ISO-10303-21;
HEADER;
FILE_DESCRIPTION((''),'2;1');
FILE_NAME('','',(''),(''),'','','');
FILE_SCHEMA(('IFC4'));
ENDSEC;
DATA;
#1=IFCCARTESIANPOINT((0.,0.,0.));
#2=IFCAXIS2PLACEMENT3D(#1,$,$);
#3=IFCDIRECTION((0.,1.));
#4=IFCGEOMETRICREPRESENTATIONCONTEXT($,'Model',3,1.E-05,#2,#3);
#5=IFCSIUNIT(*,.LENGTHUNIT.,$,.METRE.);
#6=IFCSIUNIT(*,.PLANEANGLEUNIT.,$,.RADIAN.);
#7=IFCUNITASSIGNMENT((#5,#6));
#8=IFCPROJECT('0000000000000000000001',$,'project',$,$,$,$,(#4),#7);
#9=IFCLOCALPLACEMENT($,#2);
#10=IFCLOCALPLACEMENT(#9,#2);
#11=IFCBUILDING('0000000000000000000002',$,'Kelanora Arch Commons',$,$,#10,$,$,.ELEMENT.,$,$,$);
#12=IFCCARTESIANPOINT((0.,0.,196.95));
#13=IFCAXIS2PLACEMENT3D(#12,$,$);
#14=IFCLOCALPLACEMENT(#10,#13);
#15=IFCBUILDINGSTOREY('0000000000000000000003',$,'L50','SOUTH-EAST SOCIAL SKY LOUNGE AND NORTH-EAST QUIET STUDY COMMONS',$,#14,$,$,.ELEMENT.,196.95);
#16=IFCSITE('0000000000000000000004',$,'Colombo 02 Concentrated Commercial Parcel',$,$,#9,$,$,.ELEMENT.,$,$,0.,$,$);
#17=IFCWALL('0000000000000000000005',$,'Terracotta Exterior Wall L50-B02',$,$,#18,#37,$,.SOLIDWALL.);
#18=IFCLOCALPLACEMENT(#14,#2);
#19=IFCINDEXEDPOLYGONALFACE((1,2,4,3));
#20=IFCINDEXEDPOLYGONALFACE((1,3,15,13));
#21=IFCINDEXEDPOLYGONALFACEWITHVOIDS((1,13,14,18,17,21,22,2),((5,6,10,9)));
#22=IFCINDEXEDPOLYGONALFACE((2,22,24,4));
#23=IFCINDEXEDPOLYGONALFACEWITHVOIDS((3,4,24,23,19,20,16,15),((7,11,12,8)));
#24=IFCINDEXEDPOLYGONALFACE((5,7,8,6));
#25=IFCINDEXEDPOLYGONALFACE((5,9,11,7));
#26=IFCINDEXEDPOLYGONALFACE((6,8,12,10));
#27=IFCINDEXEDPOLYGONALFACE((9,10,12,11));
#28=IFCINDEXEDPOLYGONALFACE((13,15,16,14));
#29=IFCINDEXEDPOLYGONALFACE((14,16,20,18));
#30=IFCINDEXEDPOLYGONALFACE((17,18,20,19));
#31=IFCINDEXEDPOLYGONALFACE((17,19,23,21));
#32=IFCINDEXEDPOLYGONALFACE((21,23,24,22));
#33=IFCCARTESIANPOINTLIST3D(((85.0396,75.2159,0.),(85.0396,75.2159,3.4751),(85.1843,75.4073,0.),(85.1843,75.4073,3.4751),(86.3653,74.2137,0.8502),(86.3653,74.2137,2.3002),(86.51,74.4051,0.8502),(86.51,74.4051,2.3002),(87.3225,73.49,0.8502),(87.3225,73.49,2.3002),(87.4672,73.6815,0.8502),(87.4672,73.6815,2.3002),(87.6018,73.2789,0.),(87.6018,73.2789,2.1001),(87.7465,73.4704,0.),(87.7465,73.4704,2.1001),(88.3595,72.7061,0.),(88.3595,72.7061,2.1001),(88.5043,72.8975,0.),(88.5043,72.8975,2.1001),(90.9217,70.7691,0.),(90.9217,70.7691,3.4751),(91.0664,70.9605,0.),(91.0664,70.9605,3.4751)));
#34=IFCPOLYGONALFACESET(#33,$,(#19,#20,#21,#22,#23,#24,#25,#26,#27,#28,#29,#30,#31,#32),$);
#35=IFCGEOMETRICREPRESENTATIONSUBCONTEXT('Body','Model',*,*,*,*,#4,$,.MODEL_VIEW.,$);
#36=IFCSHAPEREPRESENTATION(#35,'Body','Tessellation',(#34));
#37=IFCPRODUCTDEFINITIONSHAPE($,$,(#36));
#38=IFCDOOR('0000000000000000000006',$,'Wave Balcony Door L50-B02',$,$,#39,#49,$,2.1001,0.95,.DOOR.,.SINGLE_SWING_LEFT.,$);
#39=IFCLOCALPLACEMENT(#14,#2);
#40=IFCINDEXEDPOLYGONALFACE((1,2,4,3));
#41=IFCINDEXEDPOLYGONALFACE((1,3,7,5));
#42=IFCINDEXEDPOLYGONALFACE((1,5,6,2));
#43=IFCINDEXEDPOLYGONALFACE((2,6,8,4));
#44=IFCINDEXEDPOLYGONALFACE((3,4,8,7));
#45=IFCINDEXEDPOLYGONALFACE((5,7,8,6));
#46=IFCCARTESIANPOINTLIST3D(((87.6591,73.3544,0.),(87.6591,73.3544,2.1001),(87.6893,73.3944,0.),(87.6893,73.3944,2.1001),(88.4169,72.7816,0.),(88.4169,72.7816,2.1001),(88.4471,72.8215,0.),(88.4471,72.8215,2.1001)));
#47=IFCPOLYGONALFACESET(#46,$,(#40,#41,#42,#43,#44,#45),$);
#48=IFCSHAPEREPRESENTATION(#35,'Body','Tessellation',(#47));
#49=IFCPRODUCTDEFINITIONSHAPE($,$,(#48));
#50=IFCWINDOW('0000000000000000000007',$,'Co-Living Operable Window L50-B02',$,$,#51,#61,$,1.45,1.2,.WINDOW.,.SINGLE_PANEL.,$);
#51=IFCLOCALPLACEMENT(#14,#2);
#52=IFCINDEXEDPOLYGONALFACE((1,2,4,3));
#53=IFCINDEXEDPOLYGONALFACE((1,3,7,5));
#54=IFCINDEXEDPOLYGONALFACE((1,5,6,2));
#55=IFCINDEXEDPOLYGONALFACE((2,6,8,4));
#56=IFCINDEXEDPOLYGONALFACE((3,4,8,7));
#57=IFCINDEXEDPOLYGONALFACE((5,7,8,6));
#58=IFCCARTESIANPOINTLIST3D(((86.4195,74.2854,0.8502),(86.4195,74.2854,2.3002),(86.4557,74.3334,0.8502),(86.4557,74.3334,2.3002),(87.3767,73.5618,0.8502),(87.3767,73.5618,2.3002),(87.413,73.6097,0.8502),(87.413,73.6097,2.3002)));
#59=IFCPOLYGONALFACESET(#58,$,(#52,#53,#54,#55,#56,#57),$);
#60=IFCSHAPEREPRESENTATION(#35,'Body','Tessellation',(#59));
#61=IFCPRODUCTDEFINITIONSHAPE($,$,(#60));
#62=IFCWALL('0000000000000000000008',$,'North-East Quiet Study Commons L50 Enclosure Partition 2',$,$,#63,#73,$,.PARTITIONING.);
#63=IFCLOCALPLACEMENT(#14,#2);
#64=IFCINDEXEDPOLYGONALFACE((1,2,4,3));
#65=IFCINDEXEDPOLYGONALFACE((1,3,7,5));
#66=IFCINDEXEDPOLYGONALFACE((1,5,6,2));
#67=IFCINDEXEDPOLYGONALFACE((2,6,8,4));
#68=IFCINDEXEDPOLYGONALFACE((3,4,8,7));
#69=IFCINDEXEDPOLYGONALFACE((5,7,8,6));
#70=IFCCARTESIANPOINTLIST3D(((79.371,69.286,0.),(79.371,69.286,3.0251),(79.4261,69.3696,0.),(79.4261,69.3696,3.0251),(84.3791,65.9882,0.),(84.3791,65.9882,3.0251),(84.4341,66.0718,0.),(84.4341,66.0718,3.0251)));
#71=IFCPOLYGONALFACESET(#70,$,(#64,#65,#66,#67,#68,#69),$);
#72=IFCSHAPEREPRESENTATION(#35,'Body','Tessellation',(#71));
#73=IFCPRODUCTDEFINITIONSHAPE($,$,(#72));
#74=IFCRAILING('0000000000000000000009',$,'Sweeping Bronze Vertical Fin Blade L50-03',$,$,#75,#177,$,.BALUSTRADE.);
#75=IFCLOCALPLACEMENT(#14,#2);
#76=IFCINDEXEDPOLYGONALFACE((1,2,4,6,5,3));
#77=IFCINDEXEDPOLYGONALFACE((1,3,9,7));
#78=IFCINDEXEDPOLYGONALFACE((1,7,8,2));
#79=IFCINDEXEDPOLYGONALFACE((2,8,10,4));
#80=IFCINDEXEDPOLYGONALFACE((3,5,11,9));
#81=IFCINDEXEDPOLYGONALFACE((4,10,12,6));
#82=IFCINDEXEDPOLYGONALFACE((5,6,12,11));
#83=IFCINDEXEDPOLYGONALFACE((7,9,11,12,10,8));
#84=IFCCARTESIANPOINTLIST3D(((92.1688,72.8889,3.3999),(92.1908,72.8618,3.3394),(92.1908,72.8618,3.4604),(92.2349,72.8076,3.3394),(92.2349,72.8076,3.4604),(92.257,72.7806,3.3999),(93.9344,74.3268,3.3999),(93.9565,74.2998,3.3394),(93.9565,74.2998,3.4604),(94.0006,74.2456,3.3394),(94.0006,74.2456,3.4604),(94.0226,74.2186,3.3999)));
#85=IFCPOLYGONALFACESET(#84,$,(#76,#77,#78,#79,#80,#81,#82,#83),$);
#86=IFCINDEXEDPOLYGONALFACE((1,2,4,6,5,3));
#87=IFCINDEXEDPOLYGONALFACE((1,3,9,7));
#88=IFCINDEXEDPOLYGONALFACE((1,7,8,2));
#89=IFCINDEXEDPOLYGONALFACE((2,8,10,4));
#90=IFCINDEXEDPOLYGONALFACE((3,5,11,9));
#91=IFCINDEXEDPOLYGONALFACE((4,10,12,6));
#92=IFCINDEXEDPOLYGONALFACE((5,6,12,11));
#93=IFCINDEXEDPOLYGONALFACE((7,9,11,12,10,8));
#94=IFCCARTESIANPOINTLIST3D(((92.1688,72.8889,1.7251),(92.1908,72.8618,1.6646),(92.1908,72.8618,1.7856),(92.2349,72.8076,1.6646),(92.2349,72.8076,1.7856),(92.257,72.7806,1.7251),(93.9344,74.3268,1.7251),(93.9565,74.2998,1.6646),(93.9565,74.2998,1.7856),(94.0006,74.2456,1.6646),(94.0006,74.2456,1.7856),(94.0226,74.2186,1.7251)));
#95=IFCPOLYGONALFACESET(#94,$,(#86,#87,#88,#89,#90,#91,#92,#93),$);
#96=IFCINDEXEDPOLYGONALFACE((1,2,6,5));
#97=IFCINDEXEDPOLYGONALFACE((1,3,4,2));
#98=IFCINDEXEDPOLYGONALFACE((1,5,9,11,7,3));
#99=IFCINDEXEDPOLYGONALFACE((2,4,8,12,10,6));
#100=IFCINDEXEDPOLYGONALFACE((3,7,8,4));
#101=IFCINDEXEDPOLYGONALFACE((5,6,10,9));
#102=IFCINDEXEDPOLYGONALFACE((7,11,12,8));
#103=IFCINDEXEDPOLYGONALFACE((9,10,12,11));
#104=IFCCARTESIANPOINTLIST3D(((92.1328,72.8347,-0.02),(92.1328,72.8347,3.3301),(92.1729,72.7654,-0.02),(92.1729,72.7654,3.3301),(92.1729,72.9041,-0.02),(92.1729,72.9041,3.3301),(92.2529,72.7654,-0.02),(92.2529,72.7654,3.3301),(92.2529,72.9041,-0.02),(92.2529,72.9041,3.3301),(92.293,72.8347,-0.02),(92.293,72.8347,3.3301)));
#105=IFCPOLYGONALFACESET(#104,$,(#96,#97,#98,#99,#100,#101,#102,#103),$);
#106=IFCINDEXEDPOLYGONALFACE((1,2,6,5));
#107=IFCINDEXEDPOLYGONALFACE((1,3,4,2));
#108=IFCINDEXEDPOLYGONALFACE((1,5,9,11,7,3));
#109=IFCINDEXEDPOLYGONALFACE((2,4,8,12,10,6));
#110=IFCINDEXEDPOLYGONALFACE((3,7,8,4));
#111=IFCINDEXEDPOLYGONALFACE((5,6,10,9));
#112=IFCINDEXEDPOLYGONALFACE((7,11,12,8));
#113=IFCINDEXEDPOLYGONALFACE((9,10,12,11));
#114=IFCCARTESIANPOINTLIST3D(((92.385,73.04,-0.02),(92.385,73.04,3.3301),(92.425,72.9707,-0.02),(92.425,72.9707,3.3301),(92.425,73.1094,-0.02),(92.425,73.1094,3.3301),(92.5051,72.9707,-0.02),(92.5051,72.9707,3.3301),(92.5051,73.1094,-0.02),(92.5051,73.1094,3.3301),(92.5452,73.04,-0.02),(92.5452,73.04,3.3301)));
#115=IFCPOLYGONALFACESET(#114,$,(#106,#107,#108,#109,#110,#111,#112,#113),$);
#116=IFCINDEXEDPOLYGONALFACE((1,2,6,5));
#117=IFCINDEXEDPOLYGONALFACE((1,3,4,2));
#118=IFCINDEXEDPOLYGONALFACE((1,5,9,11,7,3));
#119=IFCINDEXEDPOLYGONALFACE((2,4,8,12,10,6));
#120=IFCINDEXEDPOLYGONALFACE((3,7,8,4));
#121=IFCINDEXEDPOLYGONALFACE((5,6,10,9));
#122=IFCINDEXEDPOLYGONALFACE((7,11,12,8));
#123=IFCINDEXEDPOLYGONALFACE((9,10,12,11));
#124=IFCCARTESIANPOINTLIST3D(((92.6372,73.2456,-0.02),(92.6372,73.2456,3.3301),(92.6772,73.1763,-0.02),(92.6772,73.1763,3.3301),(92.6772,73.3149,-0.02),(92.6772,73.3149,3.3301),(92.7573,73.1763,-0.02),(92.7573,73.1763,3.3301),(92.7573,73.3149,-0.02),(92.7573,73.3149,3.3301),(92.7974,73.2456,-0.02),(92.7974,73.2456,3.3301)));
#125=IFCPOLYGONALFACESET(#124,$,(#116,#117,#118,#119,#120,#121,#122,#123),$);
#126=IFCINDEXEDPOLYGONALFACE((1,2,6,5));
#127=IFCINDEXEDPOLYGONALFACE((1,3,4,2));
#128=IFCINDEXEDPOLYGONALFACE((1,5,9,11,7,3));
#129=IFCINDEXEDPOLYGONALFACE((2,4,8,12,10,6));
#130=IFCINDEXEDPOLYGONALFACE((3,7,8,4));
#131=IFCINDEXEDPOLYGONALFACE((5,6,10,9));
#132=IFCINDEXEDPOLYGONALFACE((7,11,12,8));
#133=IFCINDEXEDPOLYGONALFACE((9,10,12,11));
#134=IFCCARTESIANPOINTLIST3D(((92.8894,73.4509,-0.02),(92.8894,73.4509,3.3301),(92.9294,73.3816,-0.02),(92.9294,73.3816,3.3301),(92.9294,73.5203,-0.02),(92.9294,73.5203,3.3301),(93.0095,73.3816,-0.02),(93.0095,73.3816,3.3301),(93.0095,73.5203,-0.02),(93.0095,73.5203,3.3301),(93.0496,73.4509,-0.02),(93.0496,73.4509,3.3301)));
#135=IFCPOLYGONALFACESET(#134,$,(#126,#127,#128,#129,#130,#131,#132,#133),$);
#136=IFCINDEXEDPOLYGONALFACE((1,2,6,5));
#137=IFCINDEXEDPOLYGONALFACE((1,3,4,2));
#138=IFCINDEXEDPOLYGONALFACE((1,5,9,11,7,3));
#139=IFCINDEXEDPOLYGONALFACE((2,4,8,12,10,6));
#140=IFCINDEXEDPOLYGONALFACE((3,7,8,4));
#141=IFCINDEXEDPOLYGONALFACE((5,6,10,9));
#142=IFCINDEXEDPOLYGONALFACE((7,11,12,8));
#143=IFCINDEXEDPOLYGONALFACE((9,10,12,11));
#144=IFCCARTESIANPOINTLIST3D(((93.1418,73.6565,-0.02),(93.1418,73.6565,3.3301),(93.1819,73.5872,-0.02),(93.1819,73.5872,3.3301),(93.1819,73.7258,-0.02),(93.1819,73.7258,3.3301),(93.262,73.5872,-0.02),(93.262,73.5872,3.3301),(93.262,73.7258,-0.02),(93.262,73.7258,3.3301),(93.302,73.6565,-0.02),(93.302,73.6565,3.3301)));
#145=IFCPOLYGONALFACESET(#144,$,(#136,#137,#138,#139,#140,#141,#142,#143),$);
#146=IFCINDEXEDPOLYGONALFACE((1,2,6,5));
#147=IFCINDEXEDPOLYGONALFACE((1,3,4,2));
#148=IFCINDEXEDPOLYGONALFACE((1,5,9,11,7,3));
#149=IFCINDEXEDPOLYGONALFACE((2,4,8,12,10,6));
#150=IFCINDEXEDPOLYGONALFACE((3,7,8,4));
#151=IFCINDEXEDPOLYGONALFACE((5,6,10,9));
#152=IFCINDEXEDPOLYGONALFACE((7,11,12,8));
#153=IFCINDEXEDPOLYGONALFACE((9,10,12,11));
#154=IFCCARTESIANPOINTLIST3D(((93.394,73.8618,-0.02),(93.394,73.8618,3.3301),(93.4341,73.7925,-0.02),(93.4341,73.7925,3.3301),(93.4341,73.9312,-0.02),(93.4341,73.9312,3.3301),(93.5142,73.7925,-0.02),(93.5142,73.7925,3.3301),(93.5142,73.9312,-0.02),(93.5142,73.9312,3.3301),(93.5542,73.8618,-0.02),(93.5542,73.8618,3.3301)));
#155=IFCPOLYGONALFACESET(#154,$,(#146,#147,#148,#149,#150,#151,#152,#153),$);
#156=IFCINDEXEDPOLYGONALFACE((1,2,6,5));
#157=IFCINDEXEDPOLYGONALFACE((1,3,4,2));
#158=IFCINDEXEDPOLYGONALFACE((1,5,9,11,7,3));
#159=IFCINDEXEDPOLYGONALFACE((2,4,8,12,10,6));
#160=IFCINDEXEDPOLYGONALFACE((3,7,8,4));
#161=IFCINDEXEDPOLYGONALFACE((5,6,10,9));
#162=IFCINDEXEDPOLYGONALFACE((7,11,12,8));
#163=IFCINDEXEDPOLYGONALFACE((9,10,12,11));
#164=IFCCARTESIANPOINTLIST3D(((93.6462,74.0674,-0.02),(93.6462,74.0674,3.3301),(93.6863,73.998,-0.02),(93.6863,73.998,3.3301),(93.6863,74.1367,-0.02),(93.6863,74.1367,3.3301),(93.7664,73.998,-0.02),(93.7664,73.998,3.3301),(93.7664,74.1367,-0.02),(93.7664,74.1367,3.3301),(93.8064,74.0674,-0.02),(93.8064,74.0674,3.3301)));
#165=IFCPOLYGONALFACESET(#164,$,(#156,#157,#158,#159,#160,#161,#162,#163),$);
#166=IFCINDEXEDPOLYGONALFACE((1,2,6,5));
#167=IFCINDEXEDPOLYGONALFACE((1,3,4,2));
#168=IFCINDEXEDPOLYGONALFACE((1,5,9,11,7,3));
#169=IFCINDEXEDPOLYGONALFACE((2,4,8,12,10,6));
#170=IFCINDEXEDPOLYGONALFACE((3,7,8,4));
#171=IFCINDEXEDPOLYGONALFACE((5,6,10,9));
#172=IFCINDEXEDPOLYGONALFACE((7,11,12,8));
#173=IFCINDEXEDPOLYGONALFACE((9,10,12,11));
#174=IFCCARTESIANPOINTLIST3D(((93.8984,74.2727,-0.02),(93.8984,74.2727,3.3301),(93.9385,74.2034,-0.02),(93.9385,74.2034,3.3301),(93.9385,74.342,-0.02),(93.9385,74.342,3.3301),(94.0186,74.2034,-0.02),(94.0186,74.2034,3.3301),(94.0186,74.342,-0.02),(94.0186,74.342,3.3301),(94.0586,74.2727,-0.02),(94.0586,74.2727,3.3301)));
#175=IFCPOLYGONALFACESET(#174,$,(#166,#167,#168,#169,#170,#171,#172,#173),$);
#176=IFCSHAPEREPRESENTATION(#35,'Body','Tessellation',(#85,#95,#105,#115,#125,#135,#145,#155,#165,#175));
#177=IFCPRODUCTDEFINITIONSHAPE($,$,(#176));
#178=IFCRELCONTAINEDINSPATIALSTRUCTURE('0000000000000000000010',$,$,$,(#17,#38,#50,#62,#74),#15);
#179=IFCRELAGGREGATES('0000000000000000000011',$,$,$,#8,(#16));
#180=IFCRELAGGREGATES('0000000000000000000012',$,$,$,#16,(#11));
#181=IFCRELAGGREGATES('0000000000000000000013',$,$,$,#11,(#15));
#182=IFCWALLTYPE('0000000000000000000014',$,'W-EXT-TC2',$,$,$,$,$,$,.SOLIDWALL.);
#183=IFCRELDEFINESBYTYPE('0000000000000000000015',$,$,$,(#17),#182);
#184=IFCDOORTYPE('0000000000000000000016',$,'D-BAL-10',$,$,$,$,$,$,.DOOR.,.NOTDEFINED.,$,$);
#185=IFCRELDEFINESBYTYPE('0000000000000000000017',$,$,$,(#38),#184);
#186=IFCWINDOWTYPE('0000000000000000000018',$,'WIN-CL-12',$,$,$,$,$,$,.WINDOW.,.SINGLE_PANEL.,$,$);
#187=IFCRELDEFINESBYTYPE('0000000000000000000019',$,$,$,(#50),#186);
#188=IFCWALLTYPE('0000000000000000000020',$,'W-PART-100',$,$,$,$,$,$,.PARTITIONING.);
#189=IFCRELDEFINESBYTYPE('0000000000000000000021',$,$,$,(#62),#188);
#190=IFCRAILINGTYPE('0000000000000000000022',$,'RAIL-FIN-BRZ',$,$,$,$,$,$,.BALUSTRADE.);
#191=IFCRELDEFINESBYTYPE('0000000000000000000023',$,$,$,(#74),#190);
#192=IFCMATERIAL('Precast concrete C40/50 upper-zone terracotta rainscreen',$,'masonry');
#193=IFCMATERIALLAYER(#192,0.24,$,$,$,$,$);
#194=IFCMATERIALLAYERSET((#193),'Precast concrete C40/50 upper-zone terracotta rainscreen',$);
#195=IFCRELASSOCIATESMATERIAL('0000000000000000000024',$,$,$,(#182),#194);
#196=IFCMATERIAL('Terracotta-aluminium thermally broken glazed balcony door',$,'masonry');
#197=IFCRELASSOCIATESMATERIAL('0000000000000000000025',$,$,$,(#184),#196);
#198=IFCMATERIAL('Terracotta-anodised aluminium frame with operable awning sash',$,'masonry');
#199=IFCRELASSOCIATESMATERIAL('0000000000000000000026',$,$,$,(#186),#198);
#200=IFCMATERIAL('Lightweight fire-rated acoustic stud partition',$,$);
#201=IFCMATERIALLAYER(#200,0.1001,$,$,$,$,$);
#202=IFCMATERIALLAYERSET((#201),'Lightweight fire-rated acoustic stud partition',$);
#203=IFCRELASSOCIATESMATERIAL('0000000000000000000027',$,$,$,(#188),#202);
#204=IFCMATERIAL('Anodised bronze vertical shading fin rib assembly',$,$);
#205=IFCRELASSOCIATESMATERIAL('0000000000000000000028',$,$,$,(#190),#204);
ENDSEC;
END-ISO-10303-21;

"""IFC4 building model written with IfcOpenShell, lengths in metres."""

from ifc_helpers import new_model, si_unit, direction, frame, frame_2d, origin, place, context, subcontext, project, spatial, polyline, rectangle, outline, extrude, material, layer, layer_set, type_object, element, fill, save


model = new_model("IFC4")

# Units and contexts
model_context = context("Model", 3, precision=1e-05, world=origin(), true_north=direction((0.0, 1.0)))
body_context = subcontext(model_context, "Body", "Model", "MODEL_VIEW")
ifc_project = project(units=[si_unit("LENGTHUNIT", "METRE"), si_unit("PLANEANGLEUNIT", "RADIAN")], contexts=[model_context])

# Site, building, storey
site_placement = place(None, origin())
site = spatial("IfcSite", under=ifc_project, at=site_placement, Name="Colombo 02 Concentrated Commercial Parcel", CompositionType="ELEMENT", RefElevation=0.0)
building_placement = place(site_placement, origin())
building = spatial("IfcBuilding", under=site, at=building_placement, Name="Kelanora Arch Commons", CompositionType="ELEMENT")
storey_placement = place(building_placement, frame((0.0, 0.0, 196.95)))
storey = spatial("IfcBuildingStorey", under=building, at=storey_placement, Name="L50", Description="SOUTH-EAST SOCIAL SKY LOUNGE AND NORTH-EAST QUIET STUDY COMMONS", CompositionType="ELEMENT", Elevation=196.95)

# Wall, openings, door, window
ifc_material_1 = material(Name="Precast concrete C40/50 upper-zone terracotta rainscreen", Category="masonry")
ifc_layer_1 = layer(ifc_material_1, 0.24)
ifc_layer_set_1 = layer_set([ifc_layer_1], Name="Precast concrete C40/50 upper-zone terracotta rainscreen")
wall_type_1 = type_object("IfcWallType", Name="W-EXT-TC2", PredefinedType="SOLIDWALL", material=ifc_layer_set_1)
ifc_material_2 = material(Name="Terracotta-aluminium thermally broken glazed balcony door", Category="masonry")
door_type = type_object("IfcDoorType", Name="D-BAL-10", OperationType="NOTDEFINED", PredefinedType="DOOR", material=ifc_material_2)
ifc_material_3 = material(Name="Terracotta-anodised aluminium frame with operable awning sash", Category="masonry")
window_type = type_object("IfcWindowType", Name="WIN-CL-12", PartitioningType="SINGLE_PANEL", PredefinedType="WINDOW", material=ifc_material_3)
wall_1_placement = place(storey_placement, frame((90.9941, 70.8647, 0.0), z_axis=(0.0, 0.0, 1.0), x_axis=(-0.797702, 0.603052, 0.0)))
wall_1 = element("IfcWall", 1, at=wall_1_placement, inside=storey, type_object=wall_type_1, Name="Terracotta Exterior Wall L50-B02", PredefinedType="SOLIDWALL", context=body_context, shape_type="SweptSolid", body=[
    extrude(rectangle(XDim=7.3738, YDim=0.24, at=frame_2d((3.687, 0.0))), origin(), (0.0, 0.0, 1.0), 3.4751),
])
opening_1_placement = place(wall_1_placement, frame((3.2119, 0.0, 0.0)))
opening_1 = element("IfcOpeningElement", 2, at=opening_1_placement, cuts=wall_1, PredefinedType="OPENING", context=body_context, shape_type="SweptSolid", body=[
    extrude(rectangle(XDim=0.95, YDim=2.1001, at=frame_2d((0.4751, 1.05))), frame((0.0, 0.1299, 0.0), z_axis=(0.0, -1.0, 0.0), x_axis=(1.0, 0.0, 0.0)), (0.0, 0.0, 1.0), 0.26),
])
opening_2_placement = place(wall_1_placement, frame((4.512, 0.0, 0.8501)))
opening_2 = element("IfcOpeningElement", 3, at=opening_2_placement, cuts=wall_1, PredefinedType="OPENING", context=body_context, shape_type="SweptSolid", body=[
    extrude(rectangle(XDim=1.2, YDim=1.45, at=frame_2d((0.6001, 0.7251))), frame((0.0, 0.1299, 0.0), z_axis=(0.0, -1.0, 0.0), x_axis=(1.0, 0.0, 0.0)), (0.0, 0.0, 1.0), 0.26),
])
door_1_placement = place(opening_1_placement, frame((0.95, 0.0, 0.0), z_axis=(0.0, 0.0, 1.0), x_axis=(-1.0, 0.0, 0.0)))
door_1 = element("IfcDoor", 4, at=door_1_placement, inside=storey, type_object=door_type, Name="Wave Balcony Door L50-B02", OperationType="SINGLE_SWING_LEFT", OverallHeight=2.1001, OverallWidth=0.95, PredefinedType="DOOR", context=body_context, shape_type="SweptSolid", body=[
    extrude(rectangle(XDim=0.95, YDim=2.1001, at=frame_2d((0.4751, 1.05))), frame((0.0, 0.0249, 0.0), z_axis=(0.0, -1.0, 0.0), x_axis=(1.0, 0.0, 0.0)), (0.0, 0.0, 1.0), 0.05),
])
fill(opening_1, door_1)
window_1_placement = place(opening_2_placement, origin())
window_1 = element("IfcWindow", 5, at=window_1_placement, inside=storey, type_object=window_type, Name="Co-Living Operable Window L50-B02", OverallHeight=1.45, OverallWidth=1.2, PartitioningType="SINGLE_PANEL", PredefinedType="WINDOW", context=body_context, shape_type="SweptSolid", body=[
    extrude(rectangle(XDim=1.2, YDim=1.45, at=frame_2d((0.6001, 0.7251))), frame((0.0, 0.03, 0.0), z_axis=(0.0, -1.0, 0.0), x_axis=(1.0, 0.0, 0.0)), (0.0, 0.0, 1.0), 0.0601),
])
fill(opening_2, window_1)

# Wall
ifc_material_4 = material(Name="Lightweight fire-rated acoustic stud partition")
ifc_layer_2 = layer(ifc_material_4, 0.1001)
ifc_layer_set_2 = layer_set([ifc_layer_2], Name="Lightweight fire-rated acoustic stud partition")
wall_type_2 = type_object("IfcWallType", Name="W-PART-100", PredefinedType="PARTITIONING", material=ifc_layer_set_2)
wall_2_placement = place(storey_placement, frame((84.4065, 66.03, 0.0), z_axis=(0.0, 0.0, 1.0), x_axis=(-0.835181, 0.549975, 0.0)))
element("IfcWall", 6, at=wall_2_placement, inside=storey, type_object=wall_type_2, Name="North-East Quiet Study Commons L50 Enclosure Partition 2", PredefinedType="PARTITIONING", context=body_context, shape_type="SweptSolid", body=[
    extrude(rectangle(XDim=5.9963, YDim=0.1001, at=frame_2d((2.998, 0.0))), origin(), (0.0, 0.0, 1.0), 3.0251),
])

# Railing
ifc_material_5 = material(Name="Anodised bronze vertical shading fin rib assembly")
railing_type = type_object("IfcRailingType", Name="RAIL-FIN-BRZ", PredefinedType="BALUSTRADE", material=ifc_material_5)
railing_1_placement = place(storey_placement, frame((92.2129, 72.8347, -0.02)))
element("IfcRailing", 7, at=railing_1_placement, inside=storey, type_object=railing_type, Name="Sweeping Bronze Vertical Fin Blade L50-03", PredefinedType="BALUSTRADE", context=body_context, shape_type="SweptSolid", body=[
    extrude(outline(polyline([(0.0698, 0.0), (0.0349, 0.0605), (-0.0349, 0.0605), (-0.0698, 0.0), (-0.0349, -0.0605), (0.0349, -0.0605), (0.0698, 0.0)])), frame((0.0, 0.0, 3.4199), z_axis=(0.775379, 0.631496, 0.0), x_axis=(-0.631496, 0.775379, 0.0)), (0.0, 0.0, 1.0), 2.2771),
    extrude(outline(polyline([(0.0698, 0.0), (0.0349, 0.0605), (-0.0349, 0.0605), (-0.0698, 0.0), (-0.0349, -0.0605), (0.0349, -0.0605), (0.0698, 0.0)])), frame((0.0, 0.0, 1.7451), z_axis=(0.775379, 0.631496, 0.0), x_axis=(-0.631496, 0.775379, 0.0)), (0.0, 0.0, 1.0), 2.2771),
    extrude(outline(polyline([(0.0801, 0.0), (0.04, 0.0693), (-0.04, 0.0693), (-0.0801, 0.0), (-0.04, -0.0693), (0.04, -0.0693), (0.0801, 0.0)])), origin(), (0.0, 0.0, 1.0), 3.3501),
    extrude(outline(polyline([(0.0801, 0.0), (0.04, 0.0693), (-0.04, 0.0693), (-0.0801, 0.0), (-0.04, -0.0693), (0.04, -0.0693), (0.0801, 0.0)])), frame((0.2522, 0.2053, 0.0)), (0.0, 0.0, 1.0), 3.3501),
    extrude(outline(polyline([(0.0801, 0.0), (0.04, 0.0693), (-0.04, 0.0693), (-0.0801, 0.0), (-0.04, -0.0693), (0.04, -0.0693), (0.0801, 0.0)])), frame((0.5044, 0.4109, 0.0)), (0.0, 0.0, 1.0), 3.3501),
    extrude(outline(polyline([(0.0801, 0.0), (0.04, 0.0693), (-0.04, 0.0693), (-0.0801, 0.0), (-0.04, -0.0693), (0.04, -0.0693), (0.0801, 0.0)])), frame((0.7566, 0.6162, 0.0)), (0.0, 0.0, 1.0), 3.3501),
    extrude(outline(polyline([(0.0801, 0.0), (0.04, 0.0693), (-0.04, 0.0693), (-0.0801, 0.0), (-0.04, -0.0693), (0.04, -0.0693), (0.0801, 0.0)])), frame((1.009, 0.8218, 0.0)), (0.0, 0.0, 1.0), 3.3501),
    extrude(outline(polyline([(0.0801, 0.0), (0.04, 0.0693), (-0.04, 0.0693), (-0.0801, 0.0), (-0.04, -0.0693), (0.04, -0.0693), (0.0801, 0.0)])), frame((1.2612, 1.0271, 0.0)), (0.0, 0.0, 1.0), 3.3501),
    extrude(outline(polyline([(0.0801, 0.0), (0.04, 0.0693), (-0.04, 0.0693), (-0.0801, 0.0), (-0.04, -0.0693), (0.04, -0.0693), (0.0801, 0.0)])), frame((1.5134, 1.2327, 0.0)), (0.0, 0.0, 1.0), 3.3501),
    extrude(outline(polyline([(0.0801, 0.0), (0.04, 0.0693), (-0.04, 0.0693), (-0.0801, 0.0), (-0.04, -0.0693), (0.04, -0.0693), (0.0801, 0.0)])), frame((1.7656, 1.438, 0.0)), (0.0, 0.0, 1.0), 3.3501),
])

save(model, "model.ifc")
